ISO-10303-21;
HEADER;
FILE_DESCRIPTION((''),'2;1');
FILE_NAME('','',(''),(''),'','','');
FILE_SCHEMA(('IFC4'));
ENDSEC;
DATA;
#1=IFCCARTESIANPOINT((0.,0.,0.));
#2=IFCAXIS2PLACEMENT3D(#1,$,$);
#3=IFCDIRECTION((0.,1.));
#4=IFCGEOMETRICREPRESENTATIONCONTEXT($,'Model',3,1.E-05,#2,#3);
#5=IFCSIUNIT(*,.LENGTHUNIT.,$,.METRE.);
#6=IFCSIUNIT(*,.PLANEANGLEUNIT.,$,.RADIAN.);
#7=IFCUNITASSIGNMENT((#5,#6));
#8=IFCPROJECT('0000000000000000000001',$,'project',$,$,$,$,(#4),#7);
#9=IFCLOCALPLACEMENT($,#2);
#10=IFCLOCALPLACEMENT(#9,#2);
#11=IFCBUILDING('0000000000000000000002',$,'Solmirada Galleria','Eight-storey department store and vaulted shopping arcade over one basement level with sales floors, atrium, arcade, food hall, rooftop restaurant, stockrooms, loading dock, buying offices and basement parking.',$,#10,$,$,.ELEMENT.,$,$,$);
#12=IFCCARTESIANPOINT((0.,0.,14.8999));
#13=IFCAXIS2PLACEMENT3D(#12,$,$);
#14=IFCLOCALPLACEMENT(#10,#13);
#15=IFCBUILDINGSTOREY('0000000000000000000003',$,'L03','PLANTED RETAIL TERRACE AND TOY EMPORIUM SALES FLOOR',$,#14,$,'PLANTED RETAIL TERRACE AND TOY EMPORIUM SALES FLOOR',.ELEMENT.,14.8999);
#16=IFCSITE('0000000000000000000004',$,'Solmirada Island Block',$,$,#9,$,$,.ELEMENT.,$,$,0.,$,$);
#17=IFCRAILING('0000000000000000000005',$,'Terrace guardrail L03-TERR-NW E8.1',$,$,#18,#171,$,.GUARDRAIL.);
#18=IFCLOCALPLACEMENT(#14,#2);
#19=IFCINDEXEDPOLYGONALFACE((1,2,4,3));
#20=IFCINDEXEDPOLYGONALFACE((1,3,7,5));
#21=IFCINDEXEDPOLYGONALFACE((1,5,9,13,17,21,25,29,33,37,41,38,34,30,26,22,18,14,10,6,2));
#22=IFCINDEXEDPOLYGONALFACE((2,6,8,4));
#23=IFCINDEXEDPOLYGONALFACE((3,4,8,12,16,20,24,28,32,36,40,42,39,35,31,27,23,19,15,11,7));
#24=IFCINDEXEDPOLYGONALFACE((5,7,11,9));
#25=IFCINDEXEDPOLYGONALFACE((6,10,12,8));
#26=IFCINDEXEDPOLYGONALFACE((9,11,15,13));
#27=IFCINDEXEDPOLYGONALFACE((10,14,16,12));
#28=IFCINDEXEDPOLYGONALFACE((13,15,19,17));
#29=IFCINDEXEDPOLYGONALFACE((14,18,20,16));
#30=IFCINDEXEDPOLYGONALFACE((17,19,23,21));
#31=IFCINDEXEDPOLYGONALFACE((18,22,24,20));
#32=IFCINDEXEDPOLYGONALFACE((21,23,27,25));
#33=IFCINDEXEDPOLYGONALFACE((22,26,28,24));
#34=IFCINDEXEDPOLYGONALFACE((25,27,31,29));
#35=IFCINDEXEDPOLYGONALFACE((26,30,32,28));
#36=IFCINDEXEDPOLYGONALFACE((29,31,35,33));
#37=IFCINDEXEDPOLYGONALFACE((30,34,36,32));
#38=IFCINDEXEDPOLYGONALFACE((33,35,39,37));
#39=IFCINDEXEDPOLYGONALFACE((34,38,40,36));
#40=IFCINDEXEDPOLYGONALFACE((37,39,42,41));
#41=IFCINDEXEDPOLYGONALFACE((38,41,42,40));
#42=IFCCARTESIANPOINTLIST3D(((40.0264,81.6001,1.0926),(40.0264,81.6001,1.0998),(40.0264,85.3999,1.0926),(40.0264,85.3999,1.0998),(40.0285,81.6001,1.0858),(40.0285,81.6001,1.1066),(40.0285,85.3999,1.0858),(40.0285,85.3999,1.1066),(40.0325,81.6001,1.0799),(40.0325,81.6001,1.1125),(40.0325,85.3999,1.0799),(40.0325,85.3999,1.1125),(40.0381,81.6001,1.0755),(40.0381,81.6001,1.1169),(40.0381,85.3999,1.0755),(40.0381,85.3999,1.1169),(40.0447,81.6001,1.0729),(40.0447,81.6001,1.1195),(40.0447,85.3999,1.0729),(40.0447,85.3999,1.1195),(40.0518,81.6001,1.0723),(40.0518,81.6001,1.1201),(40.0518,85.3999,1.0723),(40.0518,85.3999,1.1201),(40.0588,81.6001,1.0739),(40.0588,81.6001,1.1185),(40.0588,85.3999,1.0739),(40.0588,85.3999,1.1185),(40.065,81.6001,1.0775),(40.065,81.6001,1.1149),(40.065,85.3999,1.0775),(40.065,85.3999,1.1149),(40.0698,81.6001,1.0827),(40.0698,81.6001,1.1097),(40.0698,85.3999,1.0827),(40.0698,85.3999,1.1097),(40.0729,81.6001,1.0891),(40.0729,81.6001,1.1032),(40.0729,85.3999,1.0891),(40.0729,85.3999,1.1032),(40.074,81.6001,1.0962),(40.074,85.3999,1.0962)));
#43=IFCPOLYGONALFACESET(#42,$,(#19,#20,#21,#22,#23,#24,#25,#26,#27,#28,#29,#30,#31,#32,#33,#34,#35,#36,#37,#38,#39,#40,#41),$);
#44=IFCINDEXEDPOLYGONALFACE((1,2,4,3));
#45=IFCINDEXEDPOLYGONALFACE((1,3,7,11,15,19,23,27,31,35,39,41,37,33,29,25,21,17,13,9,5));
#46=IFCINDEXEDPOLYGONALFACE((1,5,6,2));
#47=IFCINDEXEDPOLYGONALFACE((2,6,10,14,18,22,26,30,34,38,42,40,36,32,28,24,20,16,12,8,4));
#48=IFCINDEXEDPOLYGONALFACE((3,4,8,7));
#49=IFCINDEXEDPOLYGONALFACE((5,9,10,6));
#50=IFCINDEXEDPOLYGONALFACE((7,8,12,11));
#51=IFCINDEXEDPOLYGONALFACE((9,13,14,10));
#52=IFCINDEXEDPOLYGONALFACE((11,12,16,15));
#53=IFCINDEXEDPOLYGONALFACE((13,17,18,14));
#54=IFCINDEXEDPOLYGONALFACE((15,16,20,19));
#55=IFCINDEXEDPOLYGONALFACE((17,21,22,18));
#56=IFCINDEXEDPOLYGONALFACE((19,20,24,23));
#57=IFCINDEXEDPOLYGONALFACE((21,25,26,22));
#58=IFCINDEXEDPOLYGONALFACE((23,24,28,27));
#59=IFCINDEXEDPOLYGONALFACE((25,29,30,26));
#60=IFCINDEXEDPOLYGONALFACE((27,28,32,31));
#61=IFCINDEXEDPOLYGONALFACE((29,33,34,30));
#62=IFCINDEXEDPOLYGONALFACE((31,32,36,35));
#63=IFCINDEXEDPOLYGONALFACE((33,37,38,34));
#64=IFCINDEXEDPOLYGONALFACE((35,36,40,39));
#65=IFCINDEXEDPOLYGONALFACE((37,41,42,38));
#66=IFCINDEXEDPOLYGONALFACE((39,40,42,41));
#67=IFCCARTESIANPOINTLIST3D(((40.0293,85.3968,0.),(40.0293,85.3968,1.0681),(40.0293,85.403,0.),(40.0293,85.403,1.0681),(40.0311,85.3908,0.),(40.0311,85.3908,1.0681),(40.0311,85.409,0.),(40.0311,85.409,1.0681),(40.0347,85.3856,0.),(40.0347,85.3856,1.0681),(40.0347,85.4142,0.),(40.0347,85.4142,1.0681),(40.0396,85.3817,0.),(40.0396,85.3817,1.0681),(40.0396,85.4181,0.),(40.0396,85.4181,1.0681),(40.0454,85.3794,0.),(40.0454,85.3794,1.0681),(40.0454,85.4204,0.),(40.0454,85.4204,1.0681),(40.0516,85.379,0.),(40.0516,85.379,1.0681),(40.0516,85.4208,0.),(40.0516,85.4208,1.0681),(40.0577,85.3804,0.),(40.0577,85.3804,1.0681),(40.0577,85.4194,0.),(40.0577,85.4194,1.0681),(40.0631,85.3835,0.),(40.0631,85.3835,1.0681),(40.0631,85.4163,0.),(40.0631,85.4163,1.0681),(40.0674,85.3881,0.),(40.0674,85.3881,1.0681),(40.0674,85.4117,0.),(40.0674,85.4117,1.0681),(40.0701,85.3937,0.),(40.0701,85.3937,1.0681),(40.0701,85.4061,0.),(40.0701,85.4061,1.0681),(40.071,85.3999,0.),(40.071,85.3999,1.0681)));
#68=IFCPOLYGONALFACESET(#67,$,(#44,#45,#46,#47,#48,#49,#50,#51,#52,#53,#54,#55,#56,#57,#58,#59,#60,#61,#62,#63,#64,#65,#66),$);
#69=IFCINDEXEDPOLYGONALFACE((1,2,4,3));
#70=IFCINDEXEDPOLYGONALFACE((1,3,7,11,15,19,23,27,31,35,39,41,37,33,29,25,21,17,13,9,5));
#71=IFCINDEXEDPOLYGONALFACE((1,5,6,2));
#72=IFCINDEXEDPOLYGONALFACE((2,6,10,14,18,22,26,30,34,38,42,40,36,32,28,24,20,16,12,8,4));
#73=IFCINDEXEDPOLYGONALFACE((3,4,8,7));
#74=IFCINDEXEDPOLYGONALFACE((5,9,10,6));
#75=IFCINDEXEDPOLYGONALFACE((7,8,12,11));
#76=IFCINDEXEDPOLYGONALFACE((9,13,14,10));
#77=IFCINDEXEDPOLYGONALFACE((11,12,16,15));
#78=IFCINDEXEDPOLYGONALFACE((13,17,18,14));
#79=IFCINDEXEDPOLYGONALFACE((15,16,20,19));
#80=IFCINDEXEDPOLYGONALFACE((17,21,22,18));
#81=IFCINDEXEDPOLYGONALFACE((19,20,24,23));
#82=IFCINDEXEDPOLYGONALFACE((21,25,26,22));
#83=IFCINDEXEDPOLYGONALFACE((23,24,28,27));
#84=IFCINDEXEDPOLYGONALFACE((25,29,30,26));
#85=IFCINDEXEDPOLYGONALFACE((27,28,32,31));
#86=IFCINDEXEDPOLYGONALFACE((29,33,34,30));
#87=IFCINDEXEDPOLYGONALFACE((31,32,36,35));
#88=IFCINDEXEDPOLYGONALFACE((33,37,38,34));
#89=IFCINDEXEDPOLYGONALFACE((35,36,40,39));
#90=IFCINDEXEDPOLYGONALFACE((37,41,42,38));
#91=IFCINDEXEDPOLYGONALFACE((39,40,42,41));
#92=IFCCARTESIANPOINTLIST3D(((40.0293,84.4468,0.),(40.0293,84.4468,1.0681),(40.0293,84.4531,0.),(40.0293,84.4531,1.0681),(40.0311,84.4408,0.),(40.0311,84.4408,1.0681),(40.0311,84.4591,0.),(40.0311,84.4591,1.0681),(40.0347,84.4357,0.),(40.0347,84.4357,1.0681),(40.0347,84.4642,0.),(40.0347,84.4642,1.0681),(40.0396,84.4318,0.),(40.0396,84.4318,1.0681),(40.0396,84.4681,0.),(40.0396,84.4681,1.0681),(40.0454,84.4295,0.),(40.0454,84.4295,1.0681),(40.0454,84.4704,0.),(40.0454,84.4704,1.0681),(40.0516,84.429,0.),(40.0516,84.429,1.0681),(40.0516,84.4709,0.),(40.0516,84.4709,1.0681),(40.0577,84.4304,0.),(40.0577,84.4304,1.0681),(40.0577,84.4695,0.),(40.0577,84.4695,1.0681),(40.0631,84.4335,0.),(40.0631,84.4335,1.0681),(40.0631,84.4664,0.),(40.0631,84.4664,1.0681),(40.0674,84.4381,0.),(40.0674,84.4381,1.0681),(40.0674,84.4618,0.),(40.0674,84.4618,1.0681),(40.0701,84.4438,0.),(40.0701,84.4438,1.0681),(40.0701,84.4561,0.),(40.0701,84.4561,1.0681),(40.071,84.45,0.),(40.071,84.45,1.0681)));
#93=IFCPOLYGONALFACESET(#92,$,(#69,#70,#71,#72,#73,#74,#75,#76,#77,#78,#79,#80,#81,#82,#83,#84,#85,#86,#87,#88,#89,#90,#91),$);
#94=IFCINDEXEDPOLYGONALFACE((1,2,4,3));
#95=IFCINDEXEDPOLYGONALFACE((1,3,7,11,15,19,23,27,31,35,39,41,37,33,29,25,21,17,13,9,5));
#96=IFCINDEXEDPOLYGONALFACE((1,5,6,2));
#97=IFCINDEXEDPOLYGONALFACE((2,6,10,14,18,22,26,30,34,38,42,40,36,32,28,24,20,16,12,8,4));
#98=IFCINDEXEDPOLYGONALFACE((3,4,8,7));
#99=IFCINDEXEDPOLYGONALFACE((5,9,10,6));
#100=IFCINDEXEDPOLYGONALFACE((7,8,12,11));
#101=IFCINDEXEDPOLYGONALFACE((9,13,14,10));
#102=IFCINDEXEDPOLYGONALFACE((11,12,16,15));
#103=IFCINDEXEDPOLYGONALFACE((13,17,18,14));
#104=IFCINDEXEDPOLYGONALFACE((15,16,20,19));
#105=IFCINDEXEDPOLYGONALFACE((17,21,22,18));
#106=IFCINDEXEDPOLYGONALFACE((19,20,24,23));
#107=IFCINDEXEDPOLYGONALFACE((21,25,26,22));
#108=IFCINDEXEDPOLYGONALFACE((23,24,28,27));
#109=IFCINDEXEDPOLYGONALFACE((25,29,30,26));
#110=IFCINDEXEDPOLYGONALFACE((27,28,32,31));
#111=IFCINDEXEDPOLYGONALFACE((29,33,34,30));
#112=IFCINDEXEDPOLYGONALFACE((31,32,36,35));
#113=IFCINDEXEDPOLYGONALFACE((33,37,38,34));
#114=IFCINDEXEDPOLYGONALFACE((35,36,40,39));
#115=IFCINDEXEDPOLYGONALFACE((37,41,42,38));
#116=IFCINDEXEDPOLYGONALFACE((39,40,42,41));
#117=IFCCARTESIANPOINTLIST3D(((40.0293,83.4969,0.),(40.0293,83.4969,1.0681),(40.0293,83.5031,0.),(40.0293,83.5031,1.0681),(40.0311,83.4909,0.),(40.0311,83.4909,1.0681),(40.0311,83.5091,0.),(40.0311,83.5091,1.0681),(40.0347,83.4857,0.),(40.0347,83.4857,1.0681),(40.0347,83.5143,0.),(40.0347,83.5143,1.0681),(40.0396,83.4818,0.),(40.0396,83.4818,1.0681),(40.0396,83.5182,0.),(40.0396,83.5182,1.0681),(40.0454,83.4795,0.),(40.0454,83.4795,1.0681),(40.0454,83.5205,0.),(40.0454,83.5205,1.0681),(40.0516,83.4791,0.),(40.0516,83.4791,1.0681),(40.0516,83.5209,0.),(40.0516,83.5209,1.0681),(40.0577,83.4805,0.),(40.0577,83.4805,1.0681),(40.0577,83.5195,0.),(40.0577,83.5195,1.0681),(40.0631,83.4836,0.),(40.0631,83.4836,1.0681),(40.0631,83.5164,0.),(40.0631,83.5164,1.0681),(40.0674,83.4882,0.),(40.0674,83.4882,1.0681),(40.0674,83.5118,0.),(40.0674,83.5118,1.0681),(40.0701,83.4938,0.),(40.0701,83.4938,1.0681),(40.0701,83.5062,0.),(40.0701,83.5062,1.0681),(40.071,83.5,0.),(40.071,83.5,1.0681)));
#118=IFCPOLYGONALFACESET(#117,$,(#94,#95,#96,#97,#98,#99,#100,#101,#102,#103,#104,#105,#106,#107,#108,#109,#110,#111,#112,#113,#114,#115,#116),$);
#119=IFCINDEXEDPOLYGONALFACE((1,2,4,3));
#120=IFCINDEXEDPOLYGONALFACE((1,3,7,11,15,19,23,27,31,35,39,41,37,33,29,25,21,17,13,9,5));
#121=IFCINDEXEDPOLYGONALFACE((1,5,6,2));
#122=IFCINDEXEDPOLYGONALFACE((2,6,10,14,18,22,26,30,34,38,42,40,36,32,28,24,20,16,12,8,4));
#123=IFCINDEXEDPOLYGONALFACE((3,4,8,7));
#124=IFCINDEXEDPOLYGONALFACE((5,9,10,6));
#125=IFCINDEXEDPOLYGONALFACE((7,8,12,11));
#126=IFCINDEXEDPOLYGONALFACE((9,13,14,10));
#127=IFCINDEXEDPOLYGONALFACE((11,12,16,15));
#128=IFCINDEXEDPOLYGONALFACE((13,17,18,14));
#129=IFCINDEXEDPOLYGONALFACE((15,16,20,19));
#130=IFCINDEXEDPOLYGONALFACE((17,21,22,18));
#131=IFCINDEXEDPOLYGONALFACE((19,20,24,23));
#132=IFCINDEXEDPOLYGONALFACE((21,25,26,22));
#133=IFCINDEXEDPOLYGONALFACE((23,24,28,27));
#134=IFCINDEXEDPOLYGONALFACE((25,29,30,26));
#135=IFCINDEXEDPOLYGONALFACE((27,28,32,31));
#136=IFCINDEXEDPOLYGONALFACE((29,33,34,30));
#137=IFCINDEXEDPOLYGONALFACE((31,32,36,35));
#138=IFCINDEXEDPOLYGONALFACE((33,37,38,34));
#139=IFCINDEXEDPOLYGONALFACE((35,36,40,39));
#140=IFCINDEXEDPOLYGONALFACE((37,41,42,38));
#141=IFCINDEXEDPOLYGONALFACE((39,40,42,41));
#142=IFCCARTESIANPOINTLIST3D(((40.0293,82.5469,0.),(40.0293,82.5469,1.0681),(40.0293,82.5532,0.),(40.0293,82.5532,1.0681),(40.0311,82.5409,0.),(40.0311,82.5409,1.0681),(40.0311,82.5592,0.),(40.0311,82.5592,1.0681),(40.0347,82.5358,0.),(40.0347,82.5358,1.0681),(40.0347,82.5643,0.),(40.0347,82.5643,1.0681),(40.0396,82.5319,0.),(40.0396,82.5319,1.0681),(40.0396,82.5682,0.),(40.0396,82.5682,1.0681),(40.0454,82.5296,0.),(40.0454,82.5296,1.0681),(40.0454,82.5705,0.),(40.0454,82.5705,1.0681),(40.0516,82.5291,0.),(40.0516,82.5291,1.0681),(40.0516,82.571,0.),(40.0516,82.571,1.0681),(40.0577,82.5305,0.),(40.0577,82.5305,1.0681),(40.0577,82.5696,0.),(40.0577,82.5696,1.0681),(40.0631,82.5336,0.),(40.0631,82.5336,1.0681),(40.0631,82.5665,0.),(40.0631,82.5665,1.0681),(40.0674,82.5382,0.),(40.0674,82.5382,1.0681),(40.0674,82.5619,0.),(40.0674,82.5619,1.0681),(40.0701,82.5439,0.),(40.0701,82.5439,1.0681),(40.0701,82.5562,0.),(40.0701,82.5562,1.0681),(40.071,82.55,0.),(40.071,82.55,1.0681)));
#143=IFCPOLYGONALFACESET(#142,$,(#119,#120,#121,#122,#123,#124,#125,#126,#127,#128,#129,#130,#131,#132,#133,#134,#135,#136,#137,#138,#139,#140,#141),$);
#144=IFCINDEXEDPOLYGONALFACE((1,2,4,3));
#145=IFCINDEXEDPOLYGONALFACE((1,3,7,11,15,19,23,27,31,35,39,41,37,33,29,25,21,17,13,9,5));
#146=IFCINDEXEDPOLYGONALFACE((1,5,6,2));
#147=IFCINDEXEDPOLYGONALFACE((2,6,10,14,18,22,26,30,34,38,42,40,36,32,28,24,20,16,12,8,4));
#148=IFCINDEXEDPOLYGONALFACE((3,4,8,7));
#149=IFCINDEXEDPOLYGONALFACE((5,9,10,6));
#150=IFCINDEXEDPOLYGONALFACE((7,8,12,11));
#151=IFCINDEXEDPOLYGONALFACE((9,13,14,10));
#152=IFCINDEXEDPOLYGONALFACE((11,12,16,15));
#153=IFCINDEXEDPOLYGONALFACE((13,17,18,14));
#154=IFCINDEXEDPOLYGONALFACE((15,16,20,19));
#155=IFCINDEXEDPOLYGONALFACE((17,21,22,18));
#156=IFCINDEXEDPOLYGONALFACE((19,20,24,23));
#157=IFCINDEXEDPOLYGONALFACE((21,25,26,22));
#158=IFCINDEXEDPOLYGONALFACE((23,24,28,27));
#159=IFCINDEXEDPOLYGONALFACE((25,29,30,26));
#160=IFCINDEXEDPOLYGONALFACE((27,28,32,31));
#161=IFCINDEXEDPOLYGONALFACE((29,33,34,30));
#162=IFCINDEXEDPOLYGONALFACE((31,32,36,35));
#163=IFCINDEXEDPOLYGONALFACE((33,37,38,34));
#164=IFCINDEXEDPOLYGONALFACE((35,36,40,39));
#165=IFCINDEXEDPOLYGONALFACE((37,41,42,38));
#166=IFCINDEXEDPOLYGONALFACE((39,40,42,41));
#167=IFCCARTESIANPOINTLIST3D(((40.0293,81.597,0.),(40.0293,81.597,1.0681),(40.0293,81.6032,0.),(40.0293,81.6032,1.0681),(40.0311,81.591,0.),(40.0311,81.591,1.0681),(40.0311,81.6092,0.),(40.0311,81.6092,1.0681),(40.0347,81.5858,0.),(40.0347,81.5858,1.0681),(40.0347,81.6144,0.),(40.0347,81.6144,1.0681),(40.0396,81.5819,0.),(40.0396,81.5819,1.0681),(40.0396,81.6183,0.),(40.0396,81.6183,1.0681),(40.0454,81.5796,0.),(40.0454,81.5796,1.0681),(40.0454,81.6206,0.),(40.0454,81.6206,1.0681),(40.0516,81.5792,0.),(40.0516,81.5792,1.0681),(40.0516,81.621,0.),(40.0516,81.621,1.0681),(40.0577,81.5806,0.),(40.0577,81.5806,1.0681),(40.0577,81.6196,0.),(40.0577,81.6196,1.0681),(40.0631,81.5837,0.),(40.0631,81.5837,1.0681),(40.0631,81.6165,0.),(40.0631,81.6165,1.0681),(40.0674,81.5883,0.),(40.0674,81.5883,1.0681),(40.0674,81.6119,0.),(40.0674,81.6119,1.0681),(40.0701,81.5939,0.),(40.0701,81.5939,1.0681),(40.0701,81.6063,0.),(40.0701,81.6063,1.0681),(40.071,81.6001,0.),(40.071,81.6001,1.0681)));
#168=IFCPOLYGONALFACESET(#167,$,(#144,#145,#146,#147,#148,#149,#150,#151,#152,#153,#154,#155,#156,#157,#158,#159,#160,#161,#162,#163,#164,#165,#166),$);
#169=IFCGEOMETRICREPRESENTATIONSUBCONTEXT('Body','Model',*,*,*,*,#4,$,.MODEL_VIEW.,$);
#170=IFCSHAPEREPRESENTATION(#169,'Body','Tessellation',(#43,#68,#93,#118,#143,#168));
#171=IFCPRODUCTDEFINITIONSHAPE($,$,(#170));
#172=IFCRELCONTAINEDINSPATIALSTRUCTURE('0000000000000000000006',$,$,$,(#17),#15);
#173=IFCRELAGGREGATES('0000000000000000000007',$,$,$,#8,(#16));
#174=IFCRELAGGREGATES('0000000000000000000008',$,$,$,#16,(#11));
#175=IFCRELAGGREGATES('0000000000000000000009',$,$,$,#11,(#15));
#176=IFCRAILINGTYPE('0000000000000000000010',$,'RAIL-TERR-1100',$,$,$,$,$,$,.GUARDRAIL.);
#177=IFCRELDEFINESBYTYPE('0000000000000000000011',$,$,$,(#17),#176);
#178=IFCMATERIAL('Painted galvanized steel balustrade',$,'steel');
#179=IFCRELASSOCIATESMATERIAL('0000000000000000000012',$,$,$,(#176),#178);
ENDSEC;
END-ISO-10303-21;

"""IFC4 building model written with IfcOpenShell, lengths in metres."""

from ifc_helpers import new_model, si_unit, direction, frame, origin, origin_2d, place, context, subcontext, project, spatial, circle, extrude, material, type_object, element, save


model = new_model("IFC4")

# Units and contexts
model_context = context("Model", 3, precision=1e-05, world=origin(), true_north=direction((0.0, 1.0)))
body_context = subcontext(model_context, "Body", "Model", "MODEL_VIEW")
ifc_project = project(units=[si_unit("LENGTHUNIT", "METRE"), si_unit("PLANEANGLEUNIT", "RADIAN")], contexts=[model_context])

# Site, building, storey
site_placement = place(None, origin())
site = spatial("IfcSite", under=ifc_project, at=site_placement, Name="Solmirada Island Block", CompositionType="ELEMENT", RefElevation=0.0)
building_placement = place(site_placement, origin())
building = spatial("IfcBuilding", under=site, at=building_placement, Name="Solmirada Galleria", Description="Eight-storey department store and vaulted shopping arcade over one basement level with sales floors, atrium, arcade, food hall, rooftop restaurant, stockrooms, loading dock, buying offices and basement parking.", CompositionType="ELEMENT")
storey_placement = place(building_placement, frame((0.0, 0.0, 14.8999)))
storey = spatial("IfcBuildingStorey", under=building, at=storey_placement, Name="L03", Description="PLANTED RETAIL TERRACE AND TOY EMPORIUM SALES FLOOR", LongName="PLANTED RETAIL TERRACE AND TOY EMPORIUM SALES FLOOR", CompositionType="ELEMENT", Elevation=14.8999)

# Railing
ifc_material_1 = material(Name="Painted galvanized steel balustrade", Category="steel")
railing_type = type_object("IfcRailingType", Name="RAIL-TERR-1100", PredefinedType="GUARDRAIL", material=ifc_material_1)
railing_1_placement = place(storey_placement, frame((40.05, 85.3999, 0.0)))
element("IfcRailing", 1, at=railing_1_placement, inside=storey, type_object=railing_type, Name="Terrace guardrail L03-TERR-NW E8.1", PredefinedType="GUARDRAIL", context=body_context, shape_type="SweptSolid", body=[
    extrude(circle(Radius=0.0239, at=origin_2d()), frame((0.0, 0.0, 1.0962), z_axis=(0.0, -1.0, 0.0), x_axis=(1.0, 0.0, 0.0)), (0.0, 0.0, 1.0), 3.7998),
    extrude(circle(Radius=0.021, at=origin_2d()), origin(), (0.0, 0.0, 1.0), 1.0681),
    extrude(circle(Radius=0.021, at=origin_2d()), frame((0.0, -0.95, 0.0)), (0.0, 0.0, 1.0), 1.0681),
    extrude(circle(Radius=0.021, at=origin_2d()), frame((0.0, -1.8999, 0.0)), (0.0, 0.0, 1.0), 1.0681),
    extrude(circle(Radius=0.021, at=origin_2d()), frame((0.0, -2.8499, 0.0)), (0.0, 0.0, 1.0), 1.0681),
    extrude(circle(Radius=0.021, at=origin_2d()), frame((0.0, -3.7998, 0.0)), (0.0, 0.0, 1.0), 1.0681),
])

save(model, "model.ifc")
